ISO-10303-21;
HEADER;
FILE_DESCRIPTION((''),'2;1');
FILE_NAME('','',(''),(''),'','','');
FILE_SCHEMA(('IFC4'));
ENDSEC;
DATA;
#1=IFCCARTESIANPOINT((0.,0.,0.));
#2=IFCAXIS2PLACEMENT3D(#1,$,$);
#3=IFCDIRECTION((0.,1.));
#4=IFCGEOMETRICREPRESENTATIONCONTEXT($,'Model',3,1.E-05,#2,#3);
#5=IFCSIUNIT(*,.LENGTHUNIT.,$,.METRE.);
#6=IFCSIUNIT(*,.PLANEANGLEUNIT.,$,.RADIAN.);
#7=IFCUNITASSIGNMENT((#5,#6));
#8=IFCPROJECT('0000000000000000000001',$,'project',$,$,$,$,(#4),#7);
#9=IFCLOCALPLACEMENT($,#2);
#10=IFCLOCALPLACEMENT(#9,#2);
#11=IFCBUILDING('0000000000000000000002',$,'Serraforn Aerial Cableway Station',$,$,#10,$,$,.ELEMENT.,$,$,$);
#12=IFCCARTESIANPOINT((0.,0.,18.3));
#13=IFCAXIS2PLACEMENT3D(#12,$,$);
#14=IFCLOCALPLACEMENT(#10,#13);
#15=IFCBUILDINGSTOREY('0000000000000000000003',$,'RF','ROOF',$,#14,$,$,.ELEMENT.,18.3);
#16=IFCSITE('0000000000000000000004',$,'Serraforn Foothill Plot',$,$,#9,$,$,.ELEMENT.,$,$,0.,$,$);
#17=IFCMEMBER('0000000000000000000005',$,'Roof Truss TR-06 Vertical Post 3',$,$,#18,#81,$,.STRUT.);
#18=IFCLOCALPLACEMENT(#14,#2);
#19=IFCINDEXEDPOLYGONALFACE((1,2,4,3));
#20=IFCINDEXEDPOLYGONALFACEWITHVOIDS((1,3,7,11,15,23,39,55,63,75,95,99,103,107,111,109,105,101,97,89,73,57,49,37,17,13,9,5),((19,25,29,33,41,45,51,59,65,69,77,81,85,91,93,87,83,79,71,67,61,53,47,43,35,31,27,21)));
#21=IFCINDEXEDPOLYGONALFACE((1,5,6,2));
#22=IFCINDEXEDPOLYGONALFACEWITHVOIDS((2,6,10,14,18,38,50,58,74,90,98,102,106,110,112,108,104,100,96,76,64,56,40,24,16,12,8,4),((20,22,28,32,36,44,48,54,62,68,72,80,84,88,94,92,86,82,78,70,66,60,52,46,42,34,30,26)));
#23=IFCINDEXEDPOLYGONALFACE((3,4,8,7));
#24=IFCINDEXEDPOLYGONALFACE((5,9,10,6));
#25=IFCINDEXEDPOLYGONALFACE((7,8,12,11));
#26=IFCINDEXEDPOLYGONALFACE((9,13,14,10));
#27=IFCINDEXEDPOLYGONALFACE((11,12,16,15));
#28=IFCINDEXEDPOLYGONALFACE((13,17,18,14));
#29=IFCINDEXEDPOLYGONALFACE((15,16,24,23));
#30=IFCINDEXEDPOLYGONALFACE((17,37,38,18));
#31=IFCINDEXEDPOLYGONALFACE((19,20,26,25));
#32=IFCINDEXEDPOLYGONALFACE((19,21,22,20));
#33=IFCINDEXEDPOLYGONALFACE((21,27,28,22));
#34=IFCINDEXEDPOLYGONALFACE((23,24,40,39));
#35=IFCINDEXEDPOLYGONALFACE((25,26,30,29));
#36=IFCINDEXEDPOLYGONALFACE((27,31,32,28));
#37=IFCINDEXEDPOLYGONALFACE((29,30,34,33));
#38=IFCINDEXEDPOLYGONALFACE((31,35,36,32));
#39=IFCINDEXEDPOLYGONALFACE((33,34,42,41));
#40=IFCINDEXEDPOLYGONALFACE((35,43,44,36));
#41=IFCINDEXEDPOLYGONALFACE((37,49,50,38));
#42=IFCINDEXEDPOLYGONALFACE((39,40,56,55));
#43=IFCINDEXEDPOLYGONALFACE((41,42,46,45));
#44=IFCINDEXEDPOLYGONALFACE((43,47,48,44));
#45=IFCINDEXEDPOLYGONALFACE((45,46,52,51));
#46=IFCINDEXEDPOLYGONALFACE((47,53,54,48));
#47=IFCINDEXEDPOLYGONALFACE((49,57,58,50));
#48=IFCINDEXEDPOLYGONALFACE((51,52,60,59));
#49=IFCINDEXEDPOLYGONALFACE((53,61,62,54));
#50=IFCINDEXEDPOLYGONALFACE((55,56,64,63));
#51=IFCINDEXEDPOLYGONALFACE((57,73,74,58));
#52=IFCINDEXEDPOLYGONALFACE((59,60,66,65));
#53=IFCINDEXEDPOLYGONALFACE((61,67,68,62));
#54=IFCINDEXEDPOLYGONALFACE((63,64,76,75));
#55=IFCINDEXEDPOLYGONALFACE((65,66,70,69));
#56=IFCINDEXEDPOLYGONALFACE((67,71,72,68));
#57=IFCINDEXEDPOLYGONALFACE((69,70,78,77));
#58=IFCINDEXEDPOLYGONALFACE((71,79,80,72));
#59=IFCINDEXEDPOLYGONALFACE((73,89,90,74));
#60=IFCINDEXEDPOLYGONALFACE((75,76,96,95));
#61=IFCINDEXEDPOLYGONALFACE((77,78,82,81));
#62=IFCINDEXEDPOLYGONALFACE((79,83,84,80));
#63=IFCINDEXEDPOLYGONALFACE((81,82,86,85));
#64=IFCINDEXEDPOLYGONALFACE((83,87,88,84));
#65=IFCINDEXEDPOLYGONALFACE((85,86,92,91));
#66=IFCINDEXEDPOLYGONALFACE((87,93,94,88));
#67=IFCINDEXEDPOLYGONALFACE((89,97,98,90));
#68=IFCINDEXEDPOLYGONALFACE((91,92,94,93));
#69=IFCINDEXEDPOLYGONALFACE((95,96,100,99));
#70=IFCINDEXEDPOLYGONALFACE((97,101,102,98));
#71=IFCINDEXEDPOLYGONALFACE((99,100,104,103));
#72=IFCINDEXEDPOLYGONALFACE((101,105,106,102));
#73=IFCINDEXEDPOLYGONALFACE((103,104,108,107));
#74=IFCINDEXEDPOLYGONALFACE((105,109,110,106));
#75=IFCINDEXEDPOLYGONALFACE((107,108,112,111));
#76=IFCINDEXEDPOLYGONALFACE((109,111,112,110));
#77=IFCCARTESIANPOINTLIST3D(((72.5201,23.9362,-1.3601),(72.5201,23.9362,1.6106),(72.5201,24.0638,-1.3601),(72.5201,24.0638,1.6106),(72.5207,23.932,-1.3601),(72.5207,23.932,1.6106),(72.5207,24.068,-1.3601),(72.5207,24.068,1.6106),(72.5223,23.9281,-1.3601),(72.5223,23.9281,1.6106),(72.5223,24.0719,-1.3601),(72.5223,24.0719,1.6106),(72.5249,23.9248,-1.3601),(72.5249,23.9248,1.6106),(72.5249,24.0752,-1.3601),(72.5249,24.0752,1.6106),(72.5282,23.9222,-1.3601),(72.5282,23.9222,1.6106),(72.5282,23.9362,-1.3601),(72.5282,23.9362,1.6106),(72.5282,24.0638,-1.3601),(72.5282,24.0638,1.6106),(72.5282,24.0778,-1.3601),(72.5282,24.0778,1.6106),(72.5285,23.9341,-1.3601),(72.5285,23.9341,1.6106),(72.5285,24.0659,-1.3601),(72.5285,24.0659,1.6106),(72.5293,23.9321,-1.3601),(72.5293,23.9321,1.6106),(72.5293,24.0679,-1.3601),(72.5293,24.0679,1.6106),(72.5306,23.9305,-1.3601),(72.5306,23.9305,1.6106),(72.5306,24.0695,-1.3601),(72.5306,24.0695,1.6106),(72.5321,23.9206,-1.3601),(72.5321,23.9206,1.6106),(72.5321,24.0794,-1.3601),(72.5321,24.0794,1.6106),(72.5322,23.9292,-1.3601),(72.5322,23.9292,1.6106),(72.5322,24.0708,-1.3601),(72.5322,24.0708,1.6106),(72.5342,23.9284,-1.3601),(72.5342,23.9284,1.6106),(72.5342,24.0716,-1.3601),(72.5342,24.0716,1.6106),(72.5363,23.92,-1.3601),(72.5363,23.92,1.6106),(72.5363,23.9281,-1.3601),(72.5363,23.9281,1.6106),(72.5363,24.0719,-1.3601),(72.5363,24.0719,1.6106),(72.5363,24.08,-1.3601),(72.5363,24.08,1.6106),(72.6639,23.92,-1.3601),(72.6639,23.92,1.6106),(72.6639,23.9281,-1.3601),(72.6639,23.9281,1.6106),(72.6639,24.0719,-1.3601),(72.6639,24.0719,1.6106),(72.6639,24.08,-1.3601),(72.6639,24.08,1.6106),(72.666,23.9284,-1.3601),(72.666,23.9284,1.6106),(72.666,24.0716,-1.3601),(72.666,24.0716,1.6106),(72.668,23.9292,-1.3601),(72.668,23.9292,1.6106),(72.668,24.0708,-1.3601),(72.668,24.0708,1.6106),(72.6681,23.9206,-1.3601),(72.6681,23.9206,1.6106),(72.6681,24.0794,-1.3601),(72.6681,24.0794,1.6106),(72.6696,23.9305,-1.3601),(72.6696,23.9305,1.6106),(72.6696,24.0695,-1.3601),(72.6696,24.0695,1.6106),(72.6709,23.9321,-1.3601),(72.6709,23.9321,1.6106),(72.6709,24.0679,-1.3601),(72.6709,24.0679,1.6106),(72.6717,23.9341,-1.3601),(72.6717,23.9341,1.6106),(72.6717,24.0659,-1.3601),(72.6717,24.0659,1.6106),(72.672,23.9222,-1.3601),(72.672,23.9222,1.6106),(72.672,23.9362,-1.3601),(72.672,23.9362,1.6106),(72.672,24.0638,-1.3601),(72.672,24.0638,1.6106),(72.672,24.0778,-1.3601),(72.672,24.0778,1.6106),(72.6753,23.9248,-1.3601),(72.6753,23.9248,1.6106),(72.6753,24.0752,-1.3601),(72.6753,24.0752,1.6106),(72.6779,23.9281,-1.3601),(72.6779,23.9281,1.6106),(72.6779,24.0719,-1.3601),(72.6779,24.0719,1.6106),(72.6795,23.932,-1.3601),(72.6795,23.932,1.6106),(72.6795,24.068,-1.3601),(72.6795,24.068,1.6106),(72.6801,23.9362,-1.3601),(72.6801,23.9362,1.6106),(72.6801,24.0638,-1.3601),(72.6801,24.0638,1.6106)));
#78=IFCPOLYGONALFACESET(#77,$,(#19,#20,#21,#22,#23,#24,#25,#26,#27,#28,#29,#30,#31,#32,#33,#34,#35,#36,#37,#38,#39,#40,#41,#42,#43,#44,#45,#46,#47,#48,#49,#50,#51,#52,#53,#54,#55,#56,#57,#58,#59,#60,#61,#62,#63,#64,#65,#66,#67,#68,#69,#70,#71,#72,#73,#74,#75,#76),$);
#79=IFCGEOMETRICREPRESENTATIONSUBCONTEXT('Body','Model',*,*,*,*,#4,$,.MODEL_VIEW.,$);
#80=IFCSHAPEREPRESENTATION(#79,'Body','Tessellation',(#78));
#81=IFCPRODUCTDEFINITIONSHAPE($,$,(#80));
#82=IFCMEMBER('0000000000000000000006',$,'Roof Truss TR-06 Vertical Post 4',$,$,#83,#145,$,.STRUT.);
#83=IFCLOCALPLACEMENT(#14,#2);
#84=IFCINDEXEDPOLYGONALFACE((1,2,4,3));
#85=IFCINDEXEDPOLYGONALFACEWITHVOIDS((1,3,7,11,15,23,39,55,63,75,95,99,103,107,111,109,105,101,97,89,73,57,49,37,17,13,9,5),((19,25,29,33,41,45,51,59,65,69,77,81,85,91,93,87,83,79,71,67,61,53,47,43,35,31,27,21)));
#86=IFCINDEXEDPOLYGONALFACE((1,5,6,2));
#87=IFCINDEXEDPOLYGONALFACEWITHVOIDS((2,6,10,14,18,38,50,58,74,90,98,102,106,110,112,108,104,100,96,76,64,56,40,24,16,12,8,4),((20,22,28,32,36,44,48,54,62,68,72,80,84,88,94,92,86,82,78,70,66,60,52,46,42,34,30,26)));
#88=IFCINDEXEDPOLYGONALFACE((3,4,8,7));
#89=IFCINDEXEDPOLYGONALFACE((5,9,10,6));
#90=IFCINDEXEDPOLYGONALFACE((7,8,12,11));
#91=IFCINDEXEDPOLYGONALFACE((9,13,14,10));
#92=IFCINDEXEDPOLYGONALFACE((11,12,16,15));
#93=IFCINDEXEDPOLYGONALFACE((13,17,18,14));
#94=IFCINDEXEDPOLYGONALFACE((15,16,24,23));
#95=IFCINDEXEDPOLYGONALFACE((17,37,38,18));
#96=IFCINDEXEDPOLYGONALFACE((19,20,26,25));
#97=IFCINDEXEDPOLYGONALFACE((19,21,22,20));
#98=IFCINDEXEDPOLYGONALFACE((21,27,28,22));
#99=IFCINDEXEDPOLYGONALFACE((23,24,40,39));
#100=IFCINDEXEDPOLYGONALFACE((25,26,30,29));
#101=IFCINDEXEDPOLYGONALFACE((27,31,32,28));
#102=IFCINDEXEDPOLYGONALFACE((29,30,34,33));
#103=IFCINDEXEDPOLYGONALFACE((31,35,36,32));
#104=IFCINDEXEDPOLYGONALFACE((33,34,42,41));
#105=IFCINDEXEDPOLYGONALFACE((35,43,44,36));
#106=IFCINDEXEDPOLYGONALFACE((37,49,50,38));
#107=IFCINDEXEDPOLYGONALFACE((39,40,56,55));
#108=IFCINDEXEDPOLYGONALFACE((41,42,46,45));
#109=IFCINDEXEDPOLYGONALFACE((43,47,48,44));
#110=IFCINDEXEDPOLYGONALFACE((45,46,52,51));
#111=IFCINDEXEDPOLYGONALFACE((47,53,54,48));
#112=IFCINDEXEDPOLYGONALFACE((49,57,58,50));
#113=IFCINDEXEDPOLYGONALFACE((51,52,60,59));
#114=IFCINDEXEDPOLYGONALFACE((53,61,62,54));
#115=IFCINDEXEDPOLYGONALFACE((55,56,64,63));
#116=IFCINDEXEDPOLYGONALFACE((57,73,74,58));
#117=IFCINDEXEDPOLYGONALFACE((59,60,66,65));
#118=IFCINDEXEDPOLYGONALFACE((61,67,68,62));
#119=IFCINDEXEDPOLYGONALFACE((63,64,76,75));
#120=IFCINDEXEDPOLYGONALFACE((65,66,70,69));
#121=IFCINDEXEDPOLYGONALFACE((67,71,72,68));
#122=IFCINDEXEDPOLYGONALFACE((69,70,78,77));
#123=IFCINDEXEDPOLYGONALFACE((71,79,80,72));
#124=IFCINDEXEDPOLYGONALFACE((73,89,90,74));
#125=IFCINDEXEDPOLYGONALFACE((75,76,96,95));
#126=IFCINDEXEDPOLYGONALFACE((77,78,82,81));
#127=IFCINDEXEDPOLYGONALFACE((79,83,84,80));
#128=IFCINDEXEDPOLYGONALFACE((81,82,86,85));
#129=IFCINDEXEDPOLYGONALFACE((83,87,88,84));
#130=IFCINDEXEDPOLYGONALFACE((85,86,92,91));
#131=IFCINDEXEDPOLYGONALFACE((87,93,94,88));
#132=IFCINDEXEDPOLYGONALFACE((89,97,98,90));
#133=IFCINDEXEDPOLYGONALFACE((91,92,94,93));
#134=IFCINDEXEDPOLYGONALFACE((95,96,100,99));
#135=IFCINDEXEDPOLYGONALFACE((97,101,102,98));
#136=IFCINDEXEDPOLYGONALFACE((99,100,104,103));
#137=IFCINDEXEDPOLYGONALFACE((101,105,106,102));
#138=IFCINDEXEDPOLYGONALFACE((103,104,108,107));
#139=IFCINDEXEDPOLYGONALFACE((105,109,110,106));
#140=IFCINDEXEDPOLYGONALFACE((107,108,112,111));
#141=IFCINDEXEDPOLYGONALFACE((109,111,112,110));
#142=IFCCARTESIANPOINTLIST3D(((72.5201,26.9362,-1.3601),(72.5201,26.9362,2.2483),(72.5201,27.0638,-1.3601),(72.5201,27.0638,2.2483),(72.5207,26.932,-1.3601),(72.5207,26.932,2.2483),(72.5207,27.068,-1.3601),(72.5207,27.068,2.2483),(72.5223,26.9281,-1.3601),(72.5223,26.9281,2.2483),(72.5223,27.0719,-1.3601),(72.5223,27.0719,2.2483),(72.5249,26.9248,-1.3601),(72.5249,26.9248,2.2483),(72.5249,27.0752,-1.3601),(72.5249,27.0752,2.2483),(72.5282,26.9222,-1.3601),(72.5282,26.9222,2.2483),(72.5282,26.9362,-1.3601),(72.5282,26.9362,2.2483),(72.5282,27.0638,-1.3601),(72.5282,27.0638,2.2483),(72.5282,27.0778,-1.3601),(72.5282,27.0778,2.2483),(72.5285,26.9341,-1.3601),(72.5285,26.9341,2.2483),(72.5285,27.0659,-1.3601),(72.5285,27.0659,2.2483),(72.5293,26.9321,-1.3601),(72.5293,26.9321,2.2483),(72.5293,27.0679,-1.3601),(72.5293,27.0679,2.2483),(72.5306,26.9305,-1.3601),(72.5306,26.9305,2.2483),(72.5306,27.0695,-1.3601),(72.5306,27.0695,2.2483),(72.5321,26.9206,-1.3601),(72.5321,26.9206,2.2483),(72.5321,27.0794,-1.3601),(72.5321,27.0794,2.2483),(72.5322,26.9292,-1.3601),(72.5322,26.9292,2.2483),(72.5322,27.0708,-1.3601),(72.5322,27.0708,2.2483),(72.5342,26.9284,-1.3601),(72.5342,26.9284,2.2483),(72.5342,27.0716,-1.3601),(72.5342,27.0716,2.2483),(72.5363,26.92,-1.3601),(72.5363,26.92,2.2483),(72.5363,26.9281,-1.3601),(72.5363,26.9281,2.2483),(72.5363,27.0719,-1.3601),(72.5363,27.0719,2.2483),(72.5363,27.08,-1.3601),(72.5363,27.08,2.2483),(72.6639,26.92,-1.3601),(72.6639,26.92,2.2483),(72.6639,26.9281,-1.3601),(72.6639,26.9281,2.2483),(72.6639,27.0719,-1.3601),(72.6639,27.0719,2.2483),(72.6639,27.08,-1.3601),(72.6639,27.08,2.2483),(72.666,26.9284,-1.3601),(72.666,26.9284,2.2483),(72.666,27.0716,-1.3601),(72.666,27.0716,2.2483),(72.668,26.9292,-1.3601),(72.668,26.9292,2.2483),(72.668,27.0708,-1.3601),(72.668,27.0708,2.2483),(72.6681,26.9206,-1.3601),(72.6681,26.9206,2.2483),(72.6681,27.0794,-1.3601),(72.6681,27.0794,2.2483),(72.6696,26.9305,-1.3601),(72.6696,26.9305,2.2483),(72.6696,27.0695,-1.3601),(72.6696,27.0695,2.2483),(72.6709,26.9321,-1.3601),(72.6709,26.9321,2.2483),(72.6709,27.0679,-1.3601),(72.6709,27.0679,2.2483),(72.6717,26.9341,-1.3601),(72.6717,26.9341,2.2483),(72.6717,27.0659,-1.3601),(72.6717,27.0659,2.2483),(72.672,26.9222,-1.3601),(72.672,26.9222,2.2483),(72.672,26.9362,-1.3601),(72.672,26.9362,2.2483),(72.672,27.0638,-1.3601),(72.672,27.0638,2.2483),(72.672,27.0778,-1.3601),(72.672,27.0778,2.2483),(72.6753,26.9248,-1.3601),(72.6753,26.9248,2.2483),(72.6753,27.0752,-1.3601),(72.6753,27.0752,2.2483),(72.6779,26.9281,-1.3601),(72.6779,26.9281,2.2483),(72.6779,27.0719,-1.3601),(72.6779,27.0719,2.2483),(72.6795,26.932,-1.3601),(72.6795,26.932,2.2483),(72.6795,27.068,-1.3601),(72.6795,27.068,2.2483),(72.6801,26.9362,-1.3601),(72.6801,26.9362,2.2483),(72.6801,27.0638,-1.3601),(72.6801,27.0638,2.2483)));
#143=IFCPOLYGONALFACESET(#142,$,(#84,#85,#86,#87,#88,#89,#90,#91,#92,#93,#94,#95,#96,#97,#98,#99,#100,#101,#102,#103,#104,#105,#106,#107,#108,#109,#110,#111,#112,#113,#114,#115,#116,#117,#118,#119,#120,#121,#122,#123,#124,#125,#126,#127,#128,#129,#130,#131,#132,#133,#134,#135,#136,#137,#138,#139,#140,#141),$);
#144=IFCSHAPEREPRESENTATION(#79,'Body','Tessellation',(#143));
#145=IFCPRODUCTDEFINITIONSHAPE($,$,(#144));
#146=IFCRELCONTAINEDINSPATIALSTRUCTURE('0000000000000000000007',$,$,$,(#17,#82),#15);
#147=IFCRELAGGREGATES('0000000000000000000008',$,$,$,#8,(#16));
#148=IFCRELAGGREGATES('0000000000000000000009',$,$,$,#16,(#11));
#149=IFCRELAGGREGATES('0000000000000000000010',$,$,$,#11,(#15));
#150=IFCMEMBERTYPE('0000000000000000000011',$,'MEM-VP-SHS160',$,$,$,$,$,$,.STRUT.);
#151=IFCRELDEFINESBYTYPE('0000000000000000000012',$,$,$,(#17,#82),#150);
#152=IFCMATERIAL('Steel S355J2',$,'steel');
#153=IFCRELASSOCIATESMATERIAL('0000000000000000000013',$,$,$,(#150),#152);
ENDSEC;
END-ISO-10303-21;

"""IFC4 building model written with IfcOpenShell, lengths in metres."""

from ifc_helpers import new_model, si_unit, direction, frame, origin, origin_2d, place, context, subcontext, project, spatial, hollow_rectangle, extrude, material, material_profile, profile_set, type_object, element, save


model = new_model("IFC4")

# Units and contexts
model_context = context("Model", 3, precision=1e-05, world=origin(), true_north=direction((0.0, 1.0)))
body_context = subcontext(model_context, "Body", "Model", "MODEL_VIEW")
ifc_project = project(units=[si_unit("LENGTHUNIT", "METRE"), si_unit("PLANEANGLEUNIT", "RADIAN")], contexts=[model_context])

# Site, building, storey
site_placement = place(None, origin())
site = spatial("IfcSite", under=ifc_project, at=site_placement, Name="Serraforn Foothill Plot", CompositionType="ELEMENT", RefElevation=0.0)
building_placement = place(site_placement, origin())
building = spatial("IfcBuilding", under=site, at=building_placement, Name="Serraforn Aerial Cableway Station", CompositionType="ELEMENT")
storey_placement = place(building_placement, frame((0.0, 0.0, 18.3)))
storey = spatial("IfcBuildingStorey", under=building, at=storey_placement, Name="RF", Description="ROOF", CompositionType="ELEMENT", Elevation=18.3)

# Members
ifc_material_1 = material(Name="Steel S355J2", Category="steel")
ifc_material_profile_1 = material_profile(ifc_material_1, hollow_rectangle(XDim=0.1599, YDim=0.1599, WallThickness=0.0081, InnerFilletRadius=0.0081, OuterFilletRadius=0.0161, at=origin_2d()), Name="SHS 160x160x8.0")
ifc_profile_set_1 = profile_set([ifc_material_profile_1], Name="Steel S355J2")
member_type_1 = type_object("IfcMemberType", Name="MEM-VP-SHS160", PredefinedType="STRUT", material=ifc_profile_set_1)
member_1_placement = place(storey_placement, frame((72.6001, 24.0, -1.3601), z_axis=(0.0, 0.0, 1.0), x_axis=(1.0, 0.0, 0.0)))
element("IfcMember", 1, at=member_1_placement, inside=storey, type_object=member_type_1, Name="Roof Truss TR-06 Vertical Post 3", PredefinedType="STRUT", context=body_context, shape_type="SweptSolid", body=[
    extrude(hollow_rectangle(XDim=0.1599, YDim=0.1599, WallThickness=0.0081, InnerFilletRadius=0.0081, OuterFilletRadius=0.0161, at=origin_2d()), origin(), (0.0, 0.0, 1.0), 2.9707),
])
member_2_placement = place(storey_placement, frame((72.6001, 27.0, -1.3601), z_axis=(0.0, 0.0, 1.0), x_axis=(1.0, 0.0, 0.0)))
element("IfcMember", 2, at=member_2_placement, inside=storey, type_object=member_type_1, Name="Roof Truss TR-06 Vertical Post 4", PredefinedType="STRUT", context=body_context, shape_type="SweptSolid", body=[
    extrude(hollow_rectangle(XDim=0.1599, YDim=0.1599, WallThickness=0.0081, InnerFilletRadius=0.0081, OuterFilletRadius=0.0161, at=origin_2d()), origin(), (0.0, 0.0, 1.0), 3.6084),
])

save(model, "model.ifc")
